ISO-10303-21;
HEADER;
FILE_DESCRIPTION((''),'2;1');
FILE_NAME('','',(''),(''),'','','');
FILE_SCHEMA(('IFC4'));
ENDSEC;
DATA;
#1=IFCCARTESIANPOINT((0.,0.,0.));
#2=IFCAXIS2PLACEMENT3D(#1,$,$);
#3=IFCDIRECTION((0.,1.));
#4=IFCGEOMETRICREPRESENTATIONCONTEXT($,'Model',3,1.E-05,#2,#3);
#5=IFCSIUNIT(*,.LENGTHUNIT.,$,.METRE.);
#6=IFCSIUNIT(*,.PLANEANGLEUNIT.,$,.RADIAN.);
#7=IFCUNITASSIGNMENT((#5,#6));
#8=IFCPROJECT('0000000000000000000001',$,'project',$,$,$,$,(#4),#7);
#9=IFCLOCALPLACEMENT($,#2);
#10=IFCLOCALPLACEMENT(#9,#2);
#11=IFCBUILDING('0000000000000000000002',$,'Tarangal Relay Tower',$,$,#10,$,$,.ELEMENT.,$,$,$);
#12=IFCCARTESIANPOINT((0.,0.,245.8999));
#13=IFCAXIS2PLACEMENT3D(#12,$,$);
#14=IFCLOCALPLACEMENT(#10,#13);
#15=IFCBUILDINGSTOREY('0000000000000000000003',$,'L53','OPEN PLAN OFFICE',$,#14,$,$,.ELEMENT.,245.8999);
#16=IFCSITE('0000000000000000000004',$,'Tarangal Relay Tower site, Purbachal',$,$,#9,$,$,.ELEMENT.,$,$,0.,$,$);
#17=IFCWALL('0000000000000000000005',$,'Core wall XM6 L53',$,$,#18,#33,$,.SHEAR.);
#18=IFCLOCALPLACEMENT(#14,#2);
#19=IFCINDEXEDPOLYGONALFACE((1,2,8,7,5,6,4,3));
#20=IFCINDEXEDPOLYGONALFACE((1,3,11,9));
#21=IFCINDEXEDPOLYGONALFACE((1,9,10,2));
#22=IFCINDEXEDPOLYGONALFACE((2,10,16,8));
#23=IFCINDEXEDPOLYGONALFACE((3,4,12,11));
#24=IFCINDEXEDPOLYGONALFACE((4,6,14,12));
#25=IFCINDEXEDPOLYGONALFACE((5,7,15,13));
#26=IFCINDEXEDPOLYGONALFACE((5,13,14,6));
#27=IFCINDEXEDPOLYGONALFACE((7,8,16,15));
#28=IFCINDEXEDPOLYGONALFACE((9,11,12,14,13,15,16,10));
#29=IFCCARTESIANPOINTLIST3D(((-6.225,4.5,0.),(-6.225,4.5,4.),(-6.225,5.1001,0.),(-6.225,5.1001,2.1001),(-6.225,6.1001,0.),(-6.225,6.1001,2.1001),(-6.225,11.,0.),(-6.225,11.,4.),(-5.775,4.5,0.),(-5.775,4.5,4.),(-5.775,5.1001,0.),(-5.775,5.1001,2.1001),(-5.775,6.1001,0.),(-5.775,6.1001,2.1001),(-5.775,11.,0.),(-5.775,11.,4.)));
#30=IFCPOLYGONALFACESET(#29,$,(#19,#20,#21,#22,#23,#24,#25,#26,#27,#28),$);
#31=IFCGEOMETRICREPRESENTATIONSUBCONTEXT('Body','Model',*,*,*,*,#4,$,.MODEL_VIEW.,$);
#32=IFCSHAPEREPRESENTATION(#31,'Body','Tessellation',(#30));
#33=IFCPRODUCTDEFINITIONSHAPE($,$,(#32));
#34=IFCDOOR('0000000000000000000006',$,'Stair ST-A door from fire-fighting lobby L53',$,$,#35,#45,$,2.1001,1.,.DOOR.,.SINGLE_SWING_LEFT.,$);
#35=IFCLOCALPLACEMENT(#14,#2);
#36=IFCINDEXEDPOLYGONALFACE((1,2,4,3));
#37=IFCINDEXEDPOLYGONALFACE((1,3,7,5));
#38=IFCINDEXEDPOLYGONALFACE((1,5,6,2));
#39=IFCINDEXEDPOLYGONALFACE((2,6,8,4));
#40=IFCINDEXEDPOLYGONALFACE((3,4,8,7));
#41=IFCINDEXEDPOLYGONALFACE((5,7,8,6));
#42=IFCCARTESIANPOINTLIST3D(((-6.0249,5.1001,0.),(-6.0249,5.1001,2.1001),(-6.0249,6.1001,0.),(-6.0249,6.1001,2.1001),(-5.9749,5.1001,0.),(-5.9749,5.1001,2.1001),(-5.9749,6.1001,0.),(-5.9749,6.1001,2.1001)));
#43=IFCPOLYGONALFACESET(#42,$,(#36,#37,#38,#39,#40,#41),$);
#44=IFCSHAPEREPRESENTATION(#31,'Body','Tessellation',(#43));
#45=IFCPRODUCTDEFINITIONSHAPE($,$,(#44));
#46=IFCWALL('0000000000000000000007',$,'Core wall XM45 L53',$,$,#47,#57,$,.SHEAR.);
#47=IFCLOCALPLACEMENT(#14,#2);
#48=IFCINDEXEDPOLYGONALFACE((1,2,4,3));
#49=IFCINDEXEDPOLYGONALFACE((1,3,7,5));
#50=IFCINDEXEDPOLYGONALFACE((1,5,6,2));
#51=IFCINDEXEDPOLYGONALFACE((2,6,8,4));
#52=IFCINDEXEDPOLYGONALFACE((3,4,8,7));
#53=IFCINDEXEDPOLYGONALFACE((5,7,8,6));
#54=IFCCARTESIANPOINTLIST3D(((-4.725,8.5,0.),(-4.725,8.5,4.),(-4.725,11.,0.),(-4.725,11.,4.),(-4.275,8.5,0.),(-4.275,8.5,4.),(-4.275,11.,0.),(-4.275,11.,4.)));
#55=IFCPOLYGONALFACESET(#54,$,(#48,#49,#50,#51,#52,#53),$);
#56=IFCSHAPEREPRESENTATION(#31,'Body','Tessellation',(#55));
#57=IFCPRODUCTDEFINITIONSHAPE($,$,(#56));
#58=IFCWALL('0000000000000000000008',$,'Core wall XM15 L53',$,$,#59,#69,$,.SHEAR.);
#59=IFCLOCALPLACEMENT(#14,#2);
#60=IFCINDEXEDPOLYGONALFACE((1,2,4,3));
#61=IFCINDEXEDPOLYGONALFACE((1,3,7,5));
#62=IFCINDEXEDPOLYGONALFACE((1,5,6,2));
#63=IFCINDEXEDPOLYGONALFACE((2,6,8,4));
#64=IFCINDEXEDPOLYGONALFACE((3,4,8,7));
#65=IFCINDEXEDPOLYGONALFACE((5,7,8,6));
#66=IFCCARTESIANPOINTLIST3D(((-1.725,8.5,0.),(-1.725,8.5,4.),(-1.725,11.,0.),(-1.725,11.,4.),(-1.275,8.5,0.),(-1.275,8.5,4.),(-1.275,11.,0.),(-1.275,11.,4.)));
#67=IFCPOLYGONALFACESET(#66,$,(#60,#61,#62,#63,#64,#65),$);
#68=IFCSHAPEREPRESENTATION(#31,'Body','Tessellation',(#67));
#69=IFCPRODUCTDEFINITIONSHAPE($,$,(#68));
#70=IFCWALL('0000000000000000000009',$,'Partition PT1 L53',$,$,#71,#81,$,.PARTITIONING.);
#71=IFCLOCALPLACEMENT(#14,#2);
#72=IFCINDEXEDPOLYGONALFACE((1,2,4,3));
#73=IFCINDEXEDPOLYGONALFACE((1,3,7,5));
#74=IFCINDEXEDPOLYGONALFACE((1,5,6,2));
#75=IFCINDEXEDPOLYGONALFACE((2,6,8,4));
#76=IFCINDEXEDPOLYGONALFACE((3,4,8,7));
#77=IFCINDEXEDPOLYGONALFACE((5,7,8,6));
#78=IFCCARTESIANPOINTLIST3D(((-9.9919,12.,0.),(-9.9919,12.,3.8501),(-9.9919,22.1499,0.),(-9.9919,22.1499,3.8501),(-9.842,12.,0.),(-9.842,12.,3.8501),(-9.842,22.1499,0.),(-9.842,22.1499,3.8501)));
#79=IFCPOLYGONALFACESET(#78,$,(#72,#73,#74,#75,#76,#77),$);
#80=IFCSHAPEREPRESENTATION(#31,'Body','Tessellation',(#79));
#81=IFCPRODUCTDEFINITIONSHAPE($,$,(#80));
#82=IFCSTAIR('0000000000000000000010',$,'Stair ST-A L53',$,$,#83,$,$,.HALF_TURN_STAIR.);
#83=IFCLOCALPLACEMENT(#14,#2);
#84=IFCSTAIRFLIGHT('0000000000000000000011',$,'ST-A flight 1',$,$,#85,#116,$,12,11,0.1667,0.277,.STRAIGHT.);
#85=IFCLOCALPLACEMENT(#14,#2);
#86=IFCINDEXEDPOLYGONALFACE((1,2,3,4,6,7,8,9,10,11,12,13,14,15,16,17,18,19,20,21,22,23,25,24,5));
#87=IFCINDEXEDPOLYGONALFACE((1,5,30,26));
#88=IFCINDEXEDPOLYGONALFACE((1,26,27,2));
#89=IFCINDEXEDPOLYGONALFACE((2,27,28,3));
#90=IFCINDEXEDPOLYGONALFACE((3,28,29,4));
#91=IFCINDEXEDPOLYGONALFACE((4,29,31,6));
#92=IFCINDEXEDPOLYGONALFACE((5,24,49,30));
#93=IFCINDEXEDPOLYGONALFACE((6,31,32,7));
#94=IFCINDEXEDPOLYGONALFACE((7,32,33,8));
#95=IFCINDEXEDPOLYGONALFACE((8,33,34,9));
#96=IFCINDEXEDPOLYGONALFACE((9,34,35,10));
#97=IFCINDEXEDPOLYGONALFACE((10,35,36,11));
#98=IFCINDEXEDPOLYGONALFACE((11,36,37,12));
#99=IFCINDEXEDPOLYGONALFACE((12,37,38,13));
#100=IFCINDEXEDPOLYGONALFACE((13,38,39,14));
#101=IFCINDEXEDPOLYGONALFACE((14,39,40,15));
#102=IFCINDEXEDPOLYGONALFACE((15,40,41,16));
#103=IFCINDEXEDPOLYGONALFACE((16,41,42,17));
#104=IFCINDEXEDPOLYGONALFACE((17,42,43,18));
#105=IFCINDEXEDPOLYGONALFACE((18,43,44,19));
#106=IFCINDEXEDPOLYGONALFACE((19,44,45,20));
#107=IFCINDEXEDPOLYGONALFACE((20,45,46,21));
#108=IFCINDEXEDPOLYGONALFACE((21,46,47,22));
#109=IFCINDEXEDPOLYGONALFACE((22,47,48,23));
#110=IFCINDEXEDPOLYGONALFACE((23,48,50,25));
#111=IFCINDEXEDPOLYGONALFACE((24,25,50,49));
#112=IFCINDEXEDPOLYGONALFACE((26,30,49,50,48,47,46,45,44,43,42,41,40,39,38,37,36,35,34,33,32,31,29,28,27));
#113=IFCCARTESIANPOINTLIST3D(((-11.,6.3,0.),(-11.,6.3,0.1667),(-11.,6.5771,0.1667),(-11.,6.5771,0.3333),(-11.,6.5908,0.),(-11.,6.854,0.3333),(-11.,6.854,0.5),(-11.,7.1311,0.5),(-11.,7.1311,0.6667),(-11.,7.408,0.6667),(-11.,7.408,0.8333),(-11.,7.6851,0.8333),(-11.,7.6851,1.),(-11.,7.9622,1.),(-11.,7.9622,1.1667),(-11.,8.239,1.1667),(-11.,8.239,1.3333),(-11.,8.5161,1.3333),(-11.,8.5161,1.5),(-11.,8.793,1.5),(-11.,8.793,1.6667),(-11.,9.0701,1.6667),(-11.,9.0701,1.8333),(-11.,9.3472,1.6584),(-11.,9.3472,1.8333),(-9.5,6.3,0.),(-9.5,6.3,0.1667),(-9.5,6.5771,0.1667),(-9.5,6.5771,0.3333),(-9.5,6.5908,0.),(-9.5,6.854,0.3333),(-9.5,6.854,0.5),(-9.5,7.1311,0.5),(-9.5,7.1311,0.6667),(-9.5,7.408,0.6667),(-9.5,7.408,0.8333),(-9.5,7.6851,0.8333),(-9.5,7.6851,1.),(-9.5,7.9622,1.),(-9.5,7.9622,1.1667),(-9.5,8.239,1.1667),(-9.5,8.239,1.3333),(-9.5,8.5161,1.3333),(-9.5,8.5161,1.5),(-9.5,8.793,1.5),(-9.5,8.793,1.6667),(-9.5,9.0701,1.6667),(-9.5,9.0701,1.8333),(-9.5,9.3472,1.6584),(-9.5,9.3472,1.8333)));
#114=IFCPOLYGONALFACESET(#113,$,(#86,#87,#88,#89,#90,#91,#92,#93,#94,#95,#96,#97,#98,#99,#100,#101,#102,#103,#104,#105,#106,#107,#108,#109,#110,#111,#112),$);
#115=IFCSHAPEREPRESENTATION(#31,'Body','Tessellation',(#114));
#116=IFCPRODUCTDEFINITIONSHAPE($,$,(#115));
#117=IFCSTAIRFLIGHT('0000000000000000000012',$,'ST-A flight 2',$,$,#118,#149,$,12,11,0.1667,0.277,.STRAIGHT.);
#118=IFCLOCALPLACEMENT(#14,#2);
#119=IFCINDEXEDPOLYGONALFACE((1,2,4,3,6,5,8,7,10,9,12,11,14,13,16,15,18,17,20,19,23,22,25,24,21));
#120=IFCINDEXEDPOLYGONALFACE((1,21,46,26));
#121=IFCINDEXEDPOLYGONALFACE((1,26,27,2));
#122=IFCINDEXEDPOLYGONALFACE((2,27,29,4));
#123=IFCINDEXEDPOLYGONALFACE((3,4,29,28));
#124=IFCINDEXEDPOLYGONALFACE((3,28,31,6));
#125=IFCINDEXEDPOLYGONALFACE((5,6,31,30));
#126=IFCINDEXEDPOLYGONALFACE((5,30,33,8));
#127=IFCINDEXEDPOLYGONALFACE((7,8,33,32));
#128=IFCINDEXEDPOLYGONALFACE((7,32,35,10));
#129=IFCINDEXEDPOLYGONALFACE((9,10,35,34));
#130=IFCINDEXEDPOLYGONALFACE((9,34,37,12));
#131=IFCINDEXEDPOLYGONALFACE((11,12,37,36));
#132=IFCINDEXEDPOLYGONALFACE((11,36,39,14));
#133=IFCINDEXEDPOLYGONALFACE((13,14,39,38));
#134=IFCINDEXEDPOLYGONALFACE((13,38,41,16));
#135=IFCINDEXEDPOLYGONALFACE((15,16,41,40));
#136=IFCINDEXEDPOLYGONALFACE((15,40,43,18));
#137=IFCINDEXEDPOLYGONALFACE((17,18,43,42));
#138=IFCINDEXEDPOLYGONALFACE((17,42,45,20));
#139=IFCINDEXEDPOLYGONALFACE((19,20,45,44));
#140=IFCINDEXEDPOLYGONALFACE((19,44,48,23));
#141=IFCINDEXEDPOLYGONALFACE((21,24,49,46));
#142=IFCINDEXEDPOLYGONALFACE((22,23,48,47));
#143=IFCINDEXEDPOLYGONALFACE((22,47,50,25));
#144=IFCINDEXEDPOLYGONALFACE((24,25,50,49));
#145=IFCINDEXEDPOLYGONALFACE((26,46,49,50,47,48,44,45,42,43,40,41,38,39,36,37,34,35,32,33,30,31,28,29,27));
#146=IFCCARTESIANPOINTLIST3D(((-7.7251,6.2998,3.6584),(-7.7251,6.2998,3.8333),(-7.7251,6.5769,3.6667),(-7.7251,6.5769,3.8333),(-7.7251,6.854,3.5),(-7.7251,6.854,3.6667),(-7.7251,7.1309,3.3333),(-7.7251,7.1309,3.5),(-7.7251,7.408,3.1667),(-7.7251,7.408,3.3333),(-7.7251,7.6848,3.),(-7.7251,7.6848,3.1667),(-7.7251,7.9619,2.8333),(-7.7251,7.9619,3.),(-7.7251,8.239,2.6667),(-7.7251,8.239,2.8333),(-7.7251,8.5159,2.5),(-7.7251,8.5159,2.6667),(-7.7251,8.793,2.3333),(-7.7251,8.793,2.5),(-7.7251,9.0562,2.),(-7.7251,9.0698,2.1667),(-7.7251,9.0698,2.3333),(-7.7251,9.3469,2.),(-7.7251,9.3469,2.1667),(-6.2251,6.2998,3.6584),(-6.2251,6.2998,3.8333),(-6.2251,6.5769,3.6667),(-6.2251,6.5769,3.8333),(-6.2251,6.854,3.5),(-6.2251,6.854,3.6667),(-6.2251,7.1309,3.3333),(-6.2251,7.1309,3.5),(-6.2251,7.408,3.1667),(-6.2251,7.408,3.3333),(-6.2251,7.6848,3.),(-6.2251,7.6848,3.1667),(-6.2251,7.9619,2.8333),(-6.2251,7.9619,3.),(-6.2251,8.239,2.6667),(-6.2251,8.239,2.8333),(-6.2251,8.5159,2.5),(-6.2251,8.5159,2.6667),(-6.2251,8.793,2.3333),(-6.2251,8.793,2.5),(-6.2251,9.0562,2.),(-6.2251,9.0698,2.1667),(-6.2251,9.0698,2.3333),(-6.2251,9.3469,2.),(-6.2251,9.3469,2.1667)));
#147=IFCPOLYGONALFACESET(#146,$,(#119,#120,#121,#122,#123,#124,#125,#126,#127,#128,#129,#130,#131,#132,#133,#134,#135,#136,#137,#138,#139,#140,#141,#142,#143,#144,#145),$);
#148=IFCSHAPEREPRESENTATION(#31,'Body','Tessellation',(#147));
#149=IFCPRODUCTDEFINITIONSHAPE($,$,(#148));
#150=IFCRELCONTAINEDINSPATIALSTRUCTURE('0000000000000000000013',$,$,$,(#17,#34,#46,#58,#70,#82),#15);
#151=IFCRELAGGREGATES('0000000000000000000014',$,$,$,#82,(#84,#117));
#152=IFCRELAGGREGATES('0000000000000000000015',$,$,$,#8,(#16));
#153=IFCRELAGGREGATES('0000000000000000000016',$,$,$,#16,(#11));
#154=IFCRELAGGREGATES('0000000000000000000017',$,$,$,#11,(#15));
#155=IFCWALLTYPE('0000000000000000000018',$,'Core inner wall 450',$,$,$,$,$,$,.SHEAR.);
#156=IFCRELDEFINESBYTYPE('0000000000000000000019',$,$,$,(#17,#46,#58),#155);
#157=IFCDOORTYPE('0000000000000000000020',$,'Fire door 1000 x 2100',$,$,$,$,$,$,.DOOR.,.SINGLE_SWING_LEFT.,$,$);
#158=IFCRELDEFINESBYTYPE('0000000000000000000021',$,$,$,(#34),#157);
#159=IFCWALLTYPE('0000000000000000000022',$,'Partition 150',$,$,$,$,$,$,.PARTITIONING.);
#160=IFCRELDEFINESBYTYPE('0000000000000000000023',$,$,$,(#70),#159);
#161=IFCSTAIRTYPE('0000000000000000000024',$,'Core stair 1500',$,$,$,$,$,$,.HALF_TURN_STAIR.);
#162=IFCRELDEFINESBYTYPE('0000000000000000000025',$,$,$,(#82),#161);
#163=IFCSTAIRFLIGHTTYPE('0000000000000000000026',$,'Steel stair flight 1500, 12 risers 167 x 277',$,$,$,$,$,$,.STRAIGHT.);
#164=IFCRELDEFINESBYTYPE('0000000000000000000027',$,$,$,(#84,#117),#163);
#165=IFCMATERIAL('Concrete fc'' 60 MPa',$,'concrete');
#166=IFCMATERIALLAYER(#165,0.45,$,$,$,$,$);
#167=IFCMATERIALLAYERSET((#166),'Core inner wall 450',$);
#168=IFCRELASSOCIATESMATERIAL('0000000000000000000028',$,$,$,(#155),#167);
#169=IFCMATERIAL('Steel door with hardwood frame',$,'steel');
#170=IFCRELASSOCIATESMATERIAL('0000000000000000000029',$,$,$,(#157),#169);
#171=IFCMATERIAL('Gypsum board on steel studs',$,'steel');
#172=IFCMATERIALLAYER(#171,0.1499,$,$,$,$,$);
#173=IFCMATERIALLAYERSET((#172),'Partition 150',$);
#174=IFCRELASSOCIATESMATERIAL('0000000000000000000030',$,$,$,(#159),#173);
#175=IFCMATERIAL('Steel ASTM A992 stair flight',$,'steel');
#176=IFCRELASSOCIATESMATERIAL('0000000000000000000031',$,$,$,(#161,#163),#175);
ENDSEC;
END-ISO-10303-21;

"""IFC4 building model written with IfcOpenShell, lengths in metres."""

from ifc_helpers import new_model, si_unit, direction, frame, frame_2d, origin, place, context, subcontext, project, spatial, polyline, rectangle, outline, extrude, material, layer, layer_set, type_object, element, fill, aggregate, save


model = new_model("IFC4")

# Units and contexts
model_context = context("Model", 3, precision=1e-05, world=origin(), true_north=direction((0.0, 1.0)))
body_context = subcontext(model_context, "Body", "Model", "MODEL_VIEW")
ifc_project = project(units=[si_unit("LENGTHUNIT", "METRE"), si_unit("PLANEANGLEUNIT", "RADIAN")], contexts=[model_context])

# Site, building, storey
site_placement = place(None, origin())
site = spatial("IfcSite", under=ifc_project, at=site_placement, Name="Tarangal Relay Tower site, Purbachal", CompositionType="ELEMENT", RefElevation=0.0)
building_placement = place(site_placement, origin())
building = spatial("IfcBuilding", under=site, at=building_placement, Name="Tarangal Relay Tower", CompositionType="ELEMENT")
storey_placement = place(building_placement, frame((0.0, 0.0, 245.8999)))
storey = spatial("IfcBuildingStorey", under=building, at=storey_placement, Name="L53", Description="OPEN PLAN OFFICE", CompositionType="ELEMENT", Elevation=245.8999)

# Shared definitions
ifc_material_1 = material(Name="Concrete fc' 60 MPa", Category="concrete")
ifc_layer_1 = layer(ifc_material_1, 0.45)
ifc_layer_set_1 = layer_set([ifc_layer_1], Name="Core inner wall 450")
wall_type_1 = type_object("IfcWallType", Name="Core inner wall 450", PredefinedType="SHEAR", material=ifc_layer_set_1)
ifc_material_2 = material(Name="Steel door with hardwood frame", Category="steel")

# Wall, opening, door
wall_1_placement = place(storey_placement, frame((-6.0, 4.5, 0.0), z_axis=(0.0, 0.0, 1.0), x_axis=(0.0, 1.0, 0.0)))
wall_1 = element("IfcWall", 1, at=wall_1_placement, inside=storey, type_object=wall_type_1, Name="Core wall XM6 L53", PredefinedType="SHEAR", context=body_context, shape_type="SweptSolid", body=[
    extrude(rectangle(XDim=6.5, YDim=0.45, at=frame_2d((3.25, 0.0))), origin(), (0.0, 0.0, 1.0), 4.0),
])
opening_1_placement = place(wall_1_placement, frame((0.6001, 0.0, 0.0)))
opening_1 = element("IfcOpeningElement", 2, at=opening_1_placement, cuts=wall_1, PredefinedType="OPENING", context=body_context, shape_type="SweptSolid", body=[
    extrude(rectangle(XDim=1.0, YDim=2.1001, at=frame_2d((0.5, 1.05))), frame((0.0, 0.2349, 0.0), z_axis=(0.0, -1.0, 0.0), x_axis=(1.0, 0.0, 0.0)), (0.0, 0.0, 1.0), 0.47),
])
door_type_1 = type_object("IfcDoorType", Name="Fire door 1000 x 2100", OperationType="SINGLE_SWING_LEFT", PredefinedType="DOOR", material=ifc_material_2)
door_1_placement = place(opening_1_placement, origin())
door_1 = element("IfcDoor", 3, at=door_1_placement, inside=storey, type_object=door_type_1, Name="Stair ST-A door from fire-fighting lobby L53", OperationType="SINGLE_SWING_LEFT", OverallHeight=2.1001, OverallWidth=1.0, PredefinedType="DOOR", context=body_context, shape_type="SweptSolid", body=[
    extrude(rectangle(XDim=1.0, YDim=2.1001, at=frame_2d((0.5, 1.05))), frame((0.0, 0.0249, 0.0), z_axis=(0.0, -1.0, 0.0), x_axis=(1.0, 0.0, 0.0)), (0.0, 0.0, 1.0), 0.05),
])
fill(opening_1, door_1)

# Walls
for number, where, z_axis, x_axis, name in (
    (4, (-4.5, 8.5, 0.0), (0.0, 0.0, 1.0), (0.0, 1.0, 0.0), "Core wall XM45 L53"),
    (5, (-1.5, 8.5, 0.0), (0.0, 0.0, 1.0), (0.0, 1.0, 0.0), "Core wall XM15 L53"),
):
    element("IfcWall", number, at=place(storey_placement, frame(where, z_axis=z_axis, x_axis=x_axis)), inside=storey, type_object=wall_type_1, Name=name, PredefinedType="SHEAR", context=body_context, shape_type="SweptSolid", body=[
        extrude(rectangle(XDim=2.5, YDim=0.45, at=frame_2d((1.25, 0.0))), origin(), (0.0, 0.0, 1.0), 4.0),
    ])
ifc_material_3 = material(Name="Gypsum board on steel studs", Category="steel")
ifc_layer_2 = layer(ifc_material_3, 0.1499)
ifc_layer_set_2 = layer_set([ifc_layer_2], Name="Partition 150")
wall_type_2 = type_object("IfcWallType", Name="Partition 150", PredefinedType="PARTITIONING", material=ifc_layer_set_2)
wall_2_placement = place(storey_placement, frame((-9.917, 12.0, 0.0), z_axis=(0.0, 0.0, 1.0), x_axis=(0.0, 1.0, 0.0)))
element("IfcWall", 6, at=wall_2_placement, inside=storey, type_object=wall_type_2, Name="Partition PT1 L53", PredefinedType="PARTITIONING", context=body_context, shape_type="SweptSolid", body=[
    extrude(rectangle(XDim=10.1499, YDim=0.1499, at=frame_2d((5.075, 0.0))), origin(), (0.0, 0.0, 1.0), 3.8501),
])

# Stair, stair flights
ifc_material_4 = material(Name="Steel ASTM A992 stair flight", Category="steel")
stair_type = type_object("IfcStairType", Name="Core stair 1500", PredefinedType="HALF_TURN_STAIR", material=ifc_material_4)
stair_placement = place(storey_placement, origin())
stair = element("IfcStair", 7, at=stair_placement, inside=storey, type_object=stair_type, Name="Stair ST-A L53", PredefinedType="HALF_TURN_STAIR")
stair_flight_type = type_object("IfcStairFlightType", Name="Steel stair flight 1500, 12 risers 167 x 277", PredefinedType="STRAIGHT", material=ifc_material_4)
stair_flight_1_placement = place(storey_placement, frame((-10.25, 6.3, 0.0), z_axis=(0.0, 0.0, 1.0), x_axis=(0.0, 1.0, 0.0)))
stair_flight_1 = element("IfcStairFlight", 8, at=stair_flight_1_placement, type_object=stair_flight_type, Name="ST-A flight 1", NumberOfRisers=12, NumberOfTreads=11, PredefinedType="STRAIGHT", RiserHeight=0.1667, TreadLength=0.277, context=body_context, shape_type="SweptSolid", body=[
    extrude(outline(polyline([(0.0, 0.0), (0.0, 0.1667), (0.2771, 0.1667), (0.2771, 0.3333), (0.554, 0.3333), (0.554, 0.5), (0.8311, 0.5), (0.8311, 0.6667), (1.1079, 0.6667), (1.1079, 0.8333), (1.385, 0.8333), (1.385, 1.0), (1.6621, 1.0), (1.6621, 1.1667), (1.939, 1.1667), (1.939, 1.3333), (2.2161, 1.3333), (2.2161, 1.5), (2.4929, 1.5), (2.4929, 1.6667), (2.77, 1.6667), (2.77, 1.8333), (3.0471, 1.8333), (3.0471, 2.0), (3.0471, 1.6584), (0.2908, 0.0), (0.0, 0.0)])), frame((0.0, 0.75, 0.0), z_axis=(0.0, -1.0, 0.0), x_axis=(1.0, 0.0, 0.0)), (0.0, 0.0, 1.0), 1.5),
])
stair_flight_2_placement = place(storey_placement, frame((-6.9751, 9.3469, 2.0), z_axis=(0.0, 0.0, 1.0), x_axis=(0.0, -1.0, 0.0)))
stair_flight_2 = element("IfcStairFlight", 9, at=stair_flight_2_placement, type_object=stair_flight_type, Name="ST-A flight 2", NumberOfRisers=12, NumberOfTreads=11, PredefinedType="STRAIGHT", RiserHeight=0.1667, TreadLength=0.277, context=body_context, shape_type="SweptSolid", body=[
    extrude(outline(polyline([(0.0, 0.0), (0.0, 0.1667), (0.2771, 0.1667), (0.2771, 0.3333), (0.554, 0.3333), (0.554, 0.5), (0.8311, 0.5), (0.8311, 0.6667), (1.1079, 0.6667), (1.1079, 0.8333), (1.385, 0.8333), (1.385, 1.0), (1.6621, 1.0), (1.6621, 1.1667), (1.939, 1.1667), (1.939, 1.3333), (2.2161, 1.3333), (2.2161, 1.5), (2.4929, 1.5), (2.4929, 1.6667), (2.77, 1.6667), (2.77, 1.8333), (3.0471, 1.8333), (3.0471, 2.0), (3.0471, 1.6584), (0.2908, 0.0), (0.0, 0.0)])), frame((0.0, 0.75, 0.0), z_axis=(0.0, -1.0, 0.0), x_axis=(1.0, 0.0, 0.0)), (0.0, 0.0, 1.0), 1.5),
])
aggregate(stair, [stair_flight_1, stair_flight_2])

save(model, "model.ifc")
